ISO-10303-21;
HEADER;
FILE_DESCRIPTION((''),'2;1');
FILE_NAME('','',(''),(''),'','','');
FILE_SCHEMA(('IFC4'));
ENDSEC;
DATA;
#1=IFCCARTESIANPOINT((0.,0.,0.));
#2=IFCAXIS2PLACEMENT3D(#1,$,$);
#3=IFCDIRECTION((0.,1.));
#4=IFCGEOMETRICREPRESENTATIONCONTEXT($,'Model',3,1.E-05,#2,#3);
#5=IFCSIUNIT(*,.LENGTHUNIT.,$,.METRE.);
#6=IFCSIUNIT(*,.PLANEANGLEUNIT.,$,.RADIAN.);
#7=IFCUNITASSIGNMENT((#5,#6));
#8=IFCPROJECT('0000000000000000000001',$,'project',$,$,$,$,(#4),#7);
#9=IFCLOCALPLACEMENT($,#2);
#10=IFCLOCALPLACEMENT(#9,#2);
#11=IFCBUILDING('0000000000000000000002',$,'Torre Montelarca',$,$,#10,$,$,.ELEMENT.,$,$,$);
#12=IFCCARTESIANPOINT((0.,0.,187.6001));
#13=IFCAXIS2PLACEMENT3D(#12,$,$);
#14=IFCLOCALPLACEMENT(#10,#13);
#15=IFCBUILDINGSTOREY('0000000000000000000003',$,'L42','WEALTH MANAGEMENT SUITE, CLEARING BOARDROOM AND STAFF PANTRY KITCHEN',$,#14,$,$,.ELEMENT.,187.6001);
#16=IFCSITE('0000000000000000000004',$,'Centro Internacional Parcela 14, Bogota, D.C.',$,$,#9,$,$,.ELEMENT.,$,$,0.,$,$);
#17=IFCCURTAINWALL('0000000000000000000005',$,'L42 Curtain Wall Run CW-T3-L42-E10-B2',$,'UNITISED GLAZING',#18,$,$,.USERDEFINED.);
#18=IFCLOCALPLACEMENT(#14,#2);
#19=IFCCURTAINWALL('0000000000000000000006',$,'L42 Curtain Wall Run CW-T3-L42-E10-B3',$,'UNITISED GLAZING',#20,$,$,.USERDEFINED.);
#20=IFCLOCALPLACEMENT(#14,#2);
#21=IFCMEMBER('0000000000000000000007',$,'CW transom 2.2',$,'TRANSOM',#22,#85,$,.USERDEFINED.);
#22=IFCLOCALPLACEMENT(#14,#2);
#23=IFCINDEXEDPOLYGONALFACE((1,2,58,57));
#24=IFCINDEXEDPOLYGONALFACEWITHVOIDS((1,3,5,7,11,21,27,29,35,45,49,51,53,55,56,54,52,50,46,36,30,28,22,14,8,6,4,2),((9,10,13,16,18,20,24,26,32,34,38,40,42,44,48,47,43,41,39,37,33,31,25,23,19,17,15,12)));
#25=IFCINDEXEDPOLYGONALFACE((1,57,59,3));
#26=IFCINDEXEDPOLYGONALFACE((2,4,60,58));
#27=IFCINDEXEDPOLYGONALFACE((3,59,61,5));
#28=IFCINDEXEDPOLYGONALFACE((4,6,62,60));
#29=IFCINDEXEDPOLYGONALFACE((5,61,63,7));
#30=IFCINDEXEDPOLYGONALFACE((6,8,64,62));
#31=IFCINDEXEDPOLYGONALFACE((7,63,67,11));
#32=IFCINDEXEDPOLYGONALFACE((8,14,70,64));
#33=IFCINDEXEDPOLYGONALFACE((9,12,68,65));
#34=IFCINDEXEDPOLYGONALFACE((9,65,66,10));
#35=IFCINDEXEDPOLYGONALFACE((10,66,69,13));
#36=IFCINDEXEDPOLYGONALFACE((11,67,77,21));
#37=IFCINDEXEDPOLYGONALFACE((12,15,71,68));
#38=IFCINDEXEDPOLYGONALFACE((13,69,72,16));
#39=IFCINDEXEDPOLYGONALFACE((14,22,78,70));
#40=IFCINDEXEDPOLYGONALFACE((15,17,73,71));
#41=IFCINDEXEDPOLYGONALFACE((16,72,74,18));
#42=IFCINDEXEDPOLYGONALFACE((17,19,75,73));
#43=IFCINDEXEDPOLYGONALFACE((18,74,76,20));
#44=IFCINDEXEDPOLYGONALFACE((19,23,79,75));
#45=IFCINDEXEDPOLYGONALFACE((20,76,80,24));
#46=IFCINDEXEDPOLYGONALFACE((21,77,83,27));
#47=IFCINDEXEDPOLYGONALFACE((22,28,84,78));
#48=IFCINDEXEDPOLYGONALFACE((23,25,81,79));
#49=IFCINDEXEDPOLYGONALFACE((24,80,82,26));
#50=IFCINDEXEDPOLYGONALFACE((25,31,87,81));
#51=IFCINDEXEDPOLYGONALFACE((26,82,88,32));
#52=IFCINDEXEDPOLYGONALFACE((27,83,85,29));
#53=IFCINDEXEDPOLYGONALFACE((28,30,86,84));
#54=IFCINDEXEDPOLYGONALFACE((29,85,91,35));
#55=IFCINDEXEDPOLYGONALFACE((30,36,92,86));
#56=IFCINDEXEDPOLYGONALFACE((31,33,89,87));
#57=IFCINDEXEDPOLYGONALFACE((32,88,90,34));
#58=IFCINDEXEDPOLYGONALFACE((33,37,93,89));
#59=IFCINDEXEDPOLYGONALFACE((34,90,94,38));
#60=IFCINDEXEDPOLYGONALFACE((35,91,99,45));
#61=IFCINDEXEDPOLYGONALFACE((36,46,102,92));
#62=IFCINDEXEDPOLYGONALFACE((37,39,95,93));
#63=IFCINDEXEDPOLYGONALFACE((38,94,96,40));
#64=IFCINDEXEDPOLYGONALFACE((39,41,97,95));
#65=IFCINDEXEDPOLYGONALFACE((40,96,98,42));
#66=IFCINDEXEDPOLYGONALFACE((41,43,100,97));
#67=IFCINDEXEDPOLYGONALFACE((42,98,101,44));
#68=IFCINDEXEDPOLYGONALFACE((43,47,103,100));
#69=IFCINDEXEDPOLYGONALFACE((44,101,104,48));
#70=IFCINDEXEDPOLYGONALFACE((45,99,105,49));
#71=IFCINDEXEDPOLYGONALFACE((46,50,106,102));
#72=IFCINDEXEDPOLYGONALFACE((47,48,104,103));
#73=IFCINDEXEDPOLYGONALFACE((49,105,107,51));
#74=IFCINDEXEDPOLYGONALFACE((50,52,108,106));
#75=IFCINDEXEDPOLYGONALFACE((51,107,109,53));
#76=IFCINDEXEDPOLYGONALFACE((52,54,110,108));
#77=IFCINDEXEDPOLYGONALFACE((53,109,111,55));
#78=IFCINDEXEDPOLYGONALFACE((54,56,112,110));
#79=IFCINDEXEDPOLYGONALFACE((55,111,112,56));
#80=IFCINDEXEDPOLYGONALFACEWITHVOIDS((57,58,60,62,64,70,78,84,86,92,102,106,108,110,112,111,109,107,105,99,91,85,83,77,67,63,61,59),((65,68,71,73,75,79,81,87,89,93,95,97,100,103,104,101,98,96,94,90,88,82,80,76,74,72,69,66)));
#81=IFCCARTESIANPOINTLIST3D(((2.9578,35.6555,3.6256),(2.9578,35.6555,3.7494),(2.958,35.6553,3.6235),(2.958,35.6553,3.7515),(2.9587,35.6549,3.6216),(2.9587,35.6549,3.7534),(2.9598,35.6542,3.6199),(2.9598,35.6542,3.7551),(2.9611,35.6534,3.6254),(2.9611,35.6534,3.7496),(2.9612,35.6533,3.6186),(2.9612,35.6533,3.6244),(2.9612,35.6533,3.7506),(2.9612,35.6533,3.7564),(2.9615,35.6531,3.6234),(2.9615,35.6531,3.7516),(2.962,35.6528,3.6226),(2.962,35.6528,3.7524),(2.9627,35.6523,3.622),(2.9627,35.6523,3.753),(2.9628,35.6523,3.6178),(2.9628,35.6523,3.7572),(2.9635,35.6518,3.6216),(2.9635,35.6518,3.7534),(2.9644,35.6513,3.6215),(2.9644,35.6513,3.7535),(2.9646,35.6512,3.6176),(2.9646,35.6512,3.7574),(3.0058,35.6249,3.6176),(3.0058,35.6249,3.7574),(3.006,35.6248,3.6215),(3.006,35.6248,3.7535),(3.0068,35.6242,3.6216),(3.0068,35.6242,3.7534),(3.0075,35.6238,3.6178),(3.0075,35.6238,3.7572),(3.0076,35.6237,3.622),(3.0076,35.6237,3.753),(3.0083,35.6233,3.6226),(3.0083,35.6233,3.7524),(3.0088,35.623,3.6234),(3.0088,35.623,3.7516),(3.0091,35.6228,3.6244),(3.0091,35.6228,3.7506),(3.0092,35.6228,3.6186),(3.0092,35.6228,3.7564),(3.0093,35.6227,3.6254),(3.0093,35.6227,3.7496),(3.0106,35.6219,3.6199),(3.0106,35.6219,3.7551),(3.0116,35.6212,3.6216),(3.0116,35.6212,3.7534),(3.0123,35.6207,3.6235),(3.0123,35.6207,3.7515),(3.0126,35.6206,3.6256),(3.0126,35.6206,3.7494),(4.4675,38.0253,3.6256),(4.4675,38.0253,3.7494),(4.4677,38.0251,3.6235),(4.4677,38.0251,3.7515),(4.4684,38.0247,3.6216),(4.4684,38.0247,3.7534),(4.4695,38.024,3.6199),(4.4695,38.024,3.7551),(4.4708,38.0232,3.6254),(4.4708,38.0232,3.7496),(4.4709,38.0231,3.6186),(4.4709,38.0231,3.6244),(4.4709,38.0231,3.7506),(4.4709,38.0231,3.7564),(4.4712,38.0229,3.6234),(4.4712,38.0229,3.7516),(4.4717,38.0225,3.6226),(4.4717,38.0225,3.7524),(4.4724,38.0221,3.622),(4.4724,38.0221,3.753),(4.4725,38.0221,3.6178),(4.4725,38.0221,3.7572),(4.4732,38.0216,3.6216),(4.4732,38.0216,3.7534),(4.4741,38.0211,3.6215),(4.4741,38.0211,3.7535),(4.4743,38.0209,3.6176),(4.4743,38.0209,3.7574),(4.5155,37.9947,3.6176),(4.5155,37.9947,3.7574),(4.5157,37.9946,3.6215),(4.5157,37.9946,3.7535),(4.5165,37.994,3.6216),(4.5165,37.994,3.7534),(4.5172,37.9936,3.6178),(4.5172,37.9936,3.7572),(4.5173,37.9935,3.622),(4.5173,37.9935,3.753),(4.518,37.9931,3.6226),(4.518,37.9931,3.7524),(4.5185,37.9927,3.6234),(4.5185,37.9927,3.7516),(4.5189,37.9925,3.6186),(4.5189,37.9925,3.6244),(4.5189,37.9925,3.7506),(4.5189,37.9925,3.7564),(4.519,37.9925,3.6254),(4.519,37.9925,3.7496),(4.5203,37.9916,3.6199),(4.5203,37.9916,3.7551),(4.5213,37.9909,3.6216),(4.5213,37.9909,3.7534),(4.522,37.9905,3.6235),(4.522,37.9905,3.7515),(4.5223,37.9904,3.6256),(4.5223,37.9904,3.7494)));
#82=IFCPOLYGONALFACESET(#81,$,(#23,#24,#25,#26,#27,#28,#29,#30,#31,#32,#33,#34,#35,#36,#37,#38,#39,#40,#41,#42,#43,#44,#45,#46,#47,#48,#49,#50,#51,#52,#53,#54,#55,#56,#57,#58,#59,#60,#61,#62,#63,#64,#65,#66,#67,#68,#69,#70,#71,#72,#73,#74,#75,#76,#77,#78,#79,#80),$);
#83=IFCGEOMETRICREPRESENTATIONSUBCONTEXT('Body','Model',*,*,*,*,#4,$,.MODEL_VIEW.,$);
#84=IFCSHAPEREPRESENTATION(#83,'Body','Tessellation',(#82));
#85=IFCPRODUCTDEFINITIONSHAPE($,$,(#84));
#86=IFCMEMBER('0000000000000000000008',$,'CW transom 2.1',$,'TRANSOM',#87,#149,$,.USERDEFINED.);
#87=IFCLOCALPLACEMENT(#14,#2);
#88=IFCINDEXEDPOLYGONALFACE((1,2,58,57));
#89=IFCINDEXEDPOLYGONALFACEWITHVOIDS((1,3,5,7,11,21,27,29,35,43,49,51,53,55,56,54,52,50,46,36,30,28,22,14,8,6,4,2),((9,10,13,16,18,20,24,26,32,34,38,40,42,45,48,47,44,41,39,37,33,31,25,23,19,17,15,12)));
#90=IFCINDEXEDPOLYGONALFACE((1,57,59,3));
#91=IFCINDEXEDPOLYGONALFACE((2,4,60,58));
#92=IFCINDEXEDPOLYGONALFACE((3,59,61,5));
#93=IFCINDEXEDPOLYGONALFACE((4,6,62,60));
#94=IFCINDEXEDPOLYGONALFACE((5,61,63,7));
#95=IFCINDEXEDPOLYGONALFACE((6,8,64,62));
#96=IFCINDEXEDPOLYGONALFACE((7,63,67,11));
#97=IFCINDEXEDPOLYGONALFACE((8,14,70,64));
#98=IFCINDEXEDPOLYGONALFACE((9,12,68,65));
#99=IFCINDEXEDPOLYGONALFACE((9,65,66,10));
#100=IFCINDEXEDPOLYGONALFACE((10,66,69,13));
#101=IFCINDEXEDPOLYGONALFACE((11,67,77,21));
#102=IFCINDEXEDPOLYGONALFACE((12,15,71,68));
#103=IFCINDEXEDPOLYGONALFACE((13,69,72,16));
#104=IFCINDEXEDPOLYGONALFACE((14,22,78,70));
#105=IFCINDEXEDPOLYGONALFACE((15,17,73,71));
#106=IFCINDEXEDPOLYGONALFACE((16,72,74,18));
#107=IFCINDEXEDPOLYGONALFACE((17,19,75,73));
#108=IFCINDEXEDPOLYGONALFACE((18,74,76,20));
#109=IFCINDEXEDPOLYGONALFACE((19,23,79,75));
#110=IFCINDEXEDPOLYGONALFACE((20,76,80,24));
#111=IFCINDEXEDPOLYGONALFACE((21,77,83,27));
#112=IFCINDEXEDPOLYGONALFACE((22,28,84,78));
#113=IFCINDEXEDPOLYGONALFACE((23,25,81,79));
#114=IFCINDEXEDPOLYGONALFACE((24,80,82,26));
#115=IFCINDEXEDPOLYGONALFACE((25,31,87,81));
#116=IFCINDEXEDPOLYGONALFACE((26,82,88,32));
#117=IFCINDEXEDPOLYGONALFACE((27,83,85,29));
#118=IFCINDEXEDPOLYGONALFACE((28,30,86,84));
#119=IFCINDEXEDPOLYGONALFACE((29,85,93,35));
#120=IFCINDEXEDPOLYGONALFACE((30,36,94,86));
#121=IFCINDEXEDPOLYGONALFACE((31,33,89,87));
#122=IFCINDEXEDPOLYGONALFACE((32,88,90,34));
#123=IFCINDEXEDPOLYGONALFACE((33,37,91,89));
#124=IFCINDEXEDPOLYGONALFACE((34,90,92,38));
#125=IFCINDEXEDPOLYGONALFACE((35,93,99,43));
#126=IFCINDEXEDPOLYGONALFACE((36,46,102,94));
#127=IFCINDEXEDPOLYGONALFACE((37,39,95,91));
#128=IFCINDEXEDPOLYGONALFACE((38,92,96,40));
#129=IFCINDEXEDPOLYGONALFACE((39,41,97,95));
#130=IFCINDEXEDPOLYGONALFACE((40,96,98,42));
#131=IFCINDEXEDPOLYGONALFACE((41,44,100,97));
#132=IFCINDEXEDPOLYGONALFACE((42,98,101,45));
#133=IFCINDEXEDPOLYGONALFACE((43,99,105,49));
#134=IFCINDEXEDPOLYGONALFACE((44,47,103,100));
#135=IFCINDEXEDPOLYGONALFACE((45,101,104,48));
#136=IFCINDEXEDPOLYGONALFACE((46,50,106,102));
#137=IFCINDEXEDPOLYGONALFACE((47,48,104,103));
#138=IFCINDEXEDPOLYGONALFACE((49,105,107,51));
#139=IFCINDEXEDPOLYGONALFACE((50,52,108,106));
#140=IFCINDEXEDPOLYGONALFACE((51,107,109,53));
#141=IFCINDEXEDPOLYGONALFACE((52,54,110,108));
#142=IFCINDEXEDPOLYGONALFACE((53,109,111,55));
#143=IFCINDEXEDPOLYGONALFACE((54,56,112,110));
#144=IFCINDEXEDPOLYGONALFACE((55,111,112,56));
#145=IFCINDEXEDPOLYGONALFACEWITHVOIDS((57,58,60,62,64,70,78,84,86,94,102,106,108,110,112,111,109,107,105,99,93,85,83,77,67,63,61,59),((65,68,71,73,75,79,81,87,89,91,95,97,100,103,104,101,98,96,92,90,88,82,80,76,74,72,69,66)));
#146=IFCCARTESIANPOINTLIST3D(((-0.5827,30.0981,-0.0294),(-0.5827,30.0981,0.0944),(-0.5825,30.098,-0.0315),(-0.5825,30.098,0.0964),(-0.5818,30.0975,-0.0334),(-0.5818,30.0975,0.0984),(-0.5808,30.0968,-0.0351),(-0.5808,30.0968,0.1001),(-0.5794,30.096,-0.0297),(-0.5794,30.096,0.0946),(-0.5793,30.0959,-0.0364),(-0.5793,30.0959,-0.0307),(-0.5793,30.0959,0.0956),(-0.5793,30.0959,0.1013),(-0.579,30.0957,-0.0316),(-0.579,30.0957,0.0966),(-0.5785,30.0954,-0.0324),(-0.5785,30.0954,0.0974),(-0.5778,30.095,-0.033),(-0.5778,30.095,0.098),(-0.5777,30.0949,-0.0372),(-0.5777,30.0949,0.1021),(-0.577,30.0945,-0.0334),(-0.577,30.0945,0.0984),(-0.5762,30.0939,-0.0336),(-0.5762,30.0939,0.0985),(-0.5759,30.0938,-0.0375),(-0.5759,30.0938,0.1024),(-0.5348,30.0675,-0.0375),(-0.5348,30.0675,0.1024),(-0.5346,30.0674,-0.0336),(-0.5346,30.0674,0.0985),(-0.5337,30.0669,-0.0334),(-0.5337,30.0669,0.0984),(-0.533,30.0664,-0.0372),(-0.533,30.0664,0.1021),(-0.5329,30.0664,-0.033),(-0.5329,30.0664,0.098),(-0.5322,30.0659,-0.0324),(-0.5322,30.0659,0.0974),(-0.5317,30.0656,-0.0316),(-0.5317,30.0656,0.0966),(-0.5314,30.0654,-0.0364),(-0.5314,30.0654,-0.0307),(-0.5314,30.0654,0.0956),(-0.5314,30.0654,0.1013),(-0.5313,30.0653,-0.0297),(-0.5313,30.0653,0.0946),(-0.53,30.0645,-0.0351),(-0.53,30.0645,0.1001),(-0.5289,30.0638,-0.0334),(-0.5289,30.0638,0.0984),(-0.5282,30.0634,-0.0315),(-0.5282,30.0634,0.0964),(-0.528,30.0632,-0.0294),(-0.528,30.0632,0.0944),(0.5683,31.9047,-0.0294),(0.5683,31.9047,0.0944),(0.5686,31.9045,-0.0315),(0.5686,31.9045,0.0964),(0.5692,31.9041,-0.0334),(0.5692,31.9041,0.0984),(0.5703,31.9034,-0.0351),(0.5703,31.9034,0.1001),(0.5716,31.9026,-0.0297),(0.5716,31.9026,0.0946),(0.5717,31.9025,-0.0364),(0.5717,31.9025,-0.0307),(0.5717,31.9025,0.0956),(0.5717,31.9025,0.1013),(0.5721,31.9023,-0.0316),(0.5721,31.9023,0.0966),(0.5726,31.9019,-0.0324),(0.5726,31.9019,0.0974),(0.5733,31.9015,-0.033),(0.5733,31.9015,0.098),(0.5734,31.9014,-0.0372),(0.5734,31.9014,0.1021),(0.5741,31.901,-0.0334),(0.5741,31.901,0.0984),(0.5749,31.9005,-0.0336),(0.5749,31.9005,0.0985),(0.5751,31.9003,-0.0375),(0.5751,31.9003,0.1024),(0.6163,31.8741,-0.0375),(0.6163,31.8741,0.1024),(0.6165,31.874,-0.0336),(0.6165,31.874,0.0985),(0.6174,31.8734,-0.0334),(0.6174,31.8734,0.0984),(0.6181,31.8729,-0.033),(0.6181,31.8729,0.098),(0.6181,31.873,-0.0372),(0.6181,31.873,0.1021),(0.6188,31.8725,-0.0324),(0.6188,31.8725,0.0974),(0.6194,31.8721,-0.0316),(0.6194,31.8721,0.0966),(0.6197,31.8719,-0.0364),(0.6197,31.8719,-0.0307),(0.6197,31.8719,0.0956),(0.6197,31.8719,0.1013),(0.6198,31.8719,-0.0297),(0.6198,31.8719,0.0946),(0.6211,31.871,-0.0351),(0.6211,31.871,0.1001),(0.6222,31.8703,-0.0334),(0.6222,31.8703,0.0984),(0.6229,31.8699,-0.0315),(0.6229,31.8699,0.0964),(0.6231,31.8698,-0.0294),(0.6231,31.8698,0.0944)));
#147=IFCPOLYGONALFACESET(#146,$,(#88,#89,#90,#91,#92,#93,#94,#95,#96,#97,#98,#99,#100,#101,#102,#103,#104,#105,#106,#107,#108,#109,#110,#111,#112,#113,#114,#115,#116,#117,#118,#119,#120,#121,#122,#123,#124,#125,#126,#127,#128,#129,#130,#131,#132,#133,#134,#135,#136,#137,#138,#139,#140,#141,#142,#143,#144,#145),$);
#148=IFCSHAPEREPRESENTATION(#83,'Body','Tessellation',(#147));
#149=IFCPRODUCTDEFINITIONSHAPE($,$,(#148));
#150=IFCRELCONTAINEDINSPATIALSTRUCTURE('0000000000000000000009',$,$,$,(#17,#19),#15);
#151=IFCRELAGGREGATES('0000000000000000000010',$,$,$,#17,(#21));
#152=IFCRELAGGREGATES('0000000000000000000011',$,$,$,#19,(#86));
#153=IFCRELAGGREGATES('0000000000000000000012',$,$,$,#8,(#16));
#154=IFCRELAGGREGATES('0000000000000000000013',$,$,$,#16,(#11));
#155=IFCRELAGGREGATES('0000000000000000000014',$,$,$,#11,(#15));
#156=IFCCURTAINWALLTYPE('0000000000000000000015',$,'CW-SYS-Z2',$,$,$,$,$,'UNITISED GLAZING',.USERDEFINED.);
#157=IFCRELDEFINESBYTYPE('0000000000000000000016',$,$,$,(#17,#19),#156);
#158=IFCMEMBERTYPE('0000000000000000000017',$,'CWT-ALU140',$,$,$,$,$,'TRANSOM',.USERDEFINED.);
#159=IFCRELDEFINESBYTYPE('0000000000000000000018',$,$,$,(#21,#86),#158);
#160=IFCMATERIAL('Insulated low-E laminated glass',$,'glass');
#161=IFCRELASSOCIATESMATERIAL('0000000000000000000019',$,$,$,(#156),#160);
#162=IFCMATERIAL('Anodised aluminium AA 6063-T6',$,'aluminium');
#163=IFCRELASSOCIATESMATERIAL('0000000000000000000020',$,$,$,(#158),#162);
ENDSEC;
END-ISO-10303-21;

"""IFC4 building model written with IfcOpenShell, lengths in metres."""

from ifc_helpers import new_model, si_unit, direction, frame, origin, origin_2d, place, context, subcontext, project, spatial, hollow_rectangle, extrude, source, transform, mapped, material, material_profile, profile_set, type_object, element, aggregate, save


model = new_model("IFC4")

# Units and contexts
model_context = context("Model", 3, precision=1e-05, world=origin(), true_north=direction((0.0, 1.0)))
body_context = subcontext(model_context, "Body", "Model", "MODEL_VIEW")
ifc_project = project(units=[si_unit("LENGTHUNIT", "METRE"), si_unit("PLANEANGLEUNIT", "RADIAN")], contexts=[model_context])

# Site, building, storey
site_placement = place(None, origin())
site = spatial("IfcSite", under=ifc_project, at=site_placement, Name="Centro Internacional Parcela 14, Bogota, D.C.", CompositionType="ELEMENT", RefElevation=0.0)
building_placement = place(site_placement, origin())
building = spatial("IfcBuilding", under=site, at=building_placement, Name="Torre Montelarca", CompositionType="ELEMENT")
storey_placement = place(building_placement, frame((0.0, 0.0, 187.6001)))
storey = spatial("IfcBuildingStorey", under=building, at=storey_placement, Name="L42", Description="WEALTH MANAGEMENT SUITE, CLEARING BOARDROOM AND STAFF PANTRY KITCHEN", CompositionType="ELEMENT", Elevation=187.6001)

# Curtain walls
ifc_material_1 = material(Name="Insulated low-E laminated glass", Category="glass")
curtain_wall_type = type_object("IfcCurtainWallType", Name="CW-SYS-Z2", ElementType="UNITISED GLAZING", PredefinedType="USERDEFINED", material=ifc_material_1)
curtain_wall_1_placement = place(storey_placement, origin())
curtain_wall_1 = element("IfcCurtainWall", 1, at=curtain_wall_1_placement, inside=storey, type_object=curtain_wall_type, Name="L42 Curtain Wall Run CW-T3-L42-E10-B2", ObjectType="UNITISED GLAZING", PredefinedType="USERDEFINED")
ifc_material_2 = material(Name="Anodised aluminium AA 6063-T6", Category="aluminium")
curtain_wall_2_placement = place(storey_placement, origin())
curtain_wall_2 = element("IfcCurtainWall", 2, at=curtain_wall_2_placement, inside=storey, type_object=curtain_wall_type, Name="L42 Curtain Wall Run CW-T3-L42-E10-B3", ObjectType="UNITISED GLAZING", PredefinedType="USERDEFINED")

# Members
ifc_material_profile_1 = material_profile(ifc_material_2, hollow_rectangle(XDim=0.0649, YDim=0.1399, WallThickness=0.0039, InnerFilletRadius=0.0039, OuterFilletRadius=0.0081, at=origin_2d()), Name="ALU65X140X4", Category="aluminium")
ifc_profile_set_1 = profile_set([ifc_material_profile_1], Name="Anodised aluminium AA 6063-T6")
member_type_1 = type_object("IfcMemberType", Name="CWT-ALU140", ElementType="TRANSOM", PredefinedType="USERDEFINED", material=ifc_profile_set_1)
shared_shape_1 = source(origin(), body_context, "Body", "SweptSolid", [
    extrude(hollow_rectangle(XDim=0.0649, YDim=0.1399, WallThickness=0.0039, InnerFilletRadius=0.0039, OuterFilletRadius=0.0081, at=origin_2d()), origin(), (0.0, 0.0, 1.0), 2.8098),
])
member_1_placement = place(storey_placement, frame((4.4949, 38.0078, 3.6875), z_axis=(-0.537297, -0.843393, 0.0), x_axis=(0.843393, -0.537297, 0.0)))
member_1 = element("IfcMember", 3, at=member_1_placement, type_object=member_type_1, Name="CW transom 2.2", ObjectType="TRANSOM", PredefinedType="USERDEFINED", context=body_context, shape_type="MappedRepresentation", body=[
    mapped(shared_shape_1, transform((0.0, 0.0, 0.0), scale=1.0)),
])
shared_shape_2 = source(origin(), body_context, "Body", "SweptSolid", [
    extrude(hollow_rectangle(XDim=0.0649, YDim=0.1399, WallThickness=0.0039, InnerFilletRadius=0.0039, OuterFilletRadius=0.0081, at=origin_2d()), origin(), (0.0, 0.0, 1.0), 2.1421),
])
member_2_placement = place(storey_placement, frame((0.5957, 31.8872, 0.0325), z_axis=(-0.537355, -0.843356, 0.0), x_axis=(0.843356, -0.537355, 0.0)))
member_2 = element("IfcMember", 4, at=member_2_placement, type_object=member_type_1, Name="CW transom 2.1", ObjectType="TRANSOM", PredefinedType="USERDEFINED", context=body_context, shape_type="MappedRepresentation", body=[
    mapped(shared_shape_2, transform((0.0, 0.0, 0.0), scale=1.0)),
])

aggregate(curtain_wall_1, [member_1])
aggregate(curtain_wall_2, [member_2])

save(model, "model.ifc")
